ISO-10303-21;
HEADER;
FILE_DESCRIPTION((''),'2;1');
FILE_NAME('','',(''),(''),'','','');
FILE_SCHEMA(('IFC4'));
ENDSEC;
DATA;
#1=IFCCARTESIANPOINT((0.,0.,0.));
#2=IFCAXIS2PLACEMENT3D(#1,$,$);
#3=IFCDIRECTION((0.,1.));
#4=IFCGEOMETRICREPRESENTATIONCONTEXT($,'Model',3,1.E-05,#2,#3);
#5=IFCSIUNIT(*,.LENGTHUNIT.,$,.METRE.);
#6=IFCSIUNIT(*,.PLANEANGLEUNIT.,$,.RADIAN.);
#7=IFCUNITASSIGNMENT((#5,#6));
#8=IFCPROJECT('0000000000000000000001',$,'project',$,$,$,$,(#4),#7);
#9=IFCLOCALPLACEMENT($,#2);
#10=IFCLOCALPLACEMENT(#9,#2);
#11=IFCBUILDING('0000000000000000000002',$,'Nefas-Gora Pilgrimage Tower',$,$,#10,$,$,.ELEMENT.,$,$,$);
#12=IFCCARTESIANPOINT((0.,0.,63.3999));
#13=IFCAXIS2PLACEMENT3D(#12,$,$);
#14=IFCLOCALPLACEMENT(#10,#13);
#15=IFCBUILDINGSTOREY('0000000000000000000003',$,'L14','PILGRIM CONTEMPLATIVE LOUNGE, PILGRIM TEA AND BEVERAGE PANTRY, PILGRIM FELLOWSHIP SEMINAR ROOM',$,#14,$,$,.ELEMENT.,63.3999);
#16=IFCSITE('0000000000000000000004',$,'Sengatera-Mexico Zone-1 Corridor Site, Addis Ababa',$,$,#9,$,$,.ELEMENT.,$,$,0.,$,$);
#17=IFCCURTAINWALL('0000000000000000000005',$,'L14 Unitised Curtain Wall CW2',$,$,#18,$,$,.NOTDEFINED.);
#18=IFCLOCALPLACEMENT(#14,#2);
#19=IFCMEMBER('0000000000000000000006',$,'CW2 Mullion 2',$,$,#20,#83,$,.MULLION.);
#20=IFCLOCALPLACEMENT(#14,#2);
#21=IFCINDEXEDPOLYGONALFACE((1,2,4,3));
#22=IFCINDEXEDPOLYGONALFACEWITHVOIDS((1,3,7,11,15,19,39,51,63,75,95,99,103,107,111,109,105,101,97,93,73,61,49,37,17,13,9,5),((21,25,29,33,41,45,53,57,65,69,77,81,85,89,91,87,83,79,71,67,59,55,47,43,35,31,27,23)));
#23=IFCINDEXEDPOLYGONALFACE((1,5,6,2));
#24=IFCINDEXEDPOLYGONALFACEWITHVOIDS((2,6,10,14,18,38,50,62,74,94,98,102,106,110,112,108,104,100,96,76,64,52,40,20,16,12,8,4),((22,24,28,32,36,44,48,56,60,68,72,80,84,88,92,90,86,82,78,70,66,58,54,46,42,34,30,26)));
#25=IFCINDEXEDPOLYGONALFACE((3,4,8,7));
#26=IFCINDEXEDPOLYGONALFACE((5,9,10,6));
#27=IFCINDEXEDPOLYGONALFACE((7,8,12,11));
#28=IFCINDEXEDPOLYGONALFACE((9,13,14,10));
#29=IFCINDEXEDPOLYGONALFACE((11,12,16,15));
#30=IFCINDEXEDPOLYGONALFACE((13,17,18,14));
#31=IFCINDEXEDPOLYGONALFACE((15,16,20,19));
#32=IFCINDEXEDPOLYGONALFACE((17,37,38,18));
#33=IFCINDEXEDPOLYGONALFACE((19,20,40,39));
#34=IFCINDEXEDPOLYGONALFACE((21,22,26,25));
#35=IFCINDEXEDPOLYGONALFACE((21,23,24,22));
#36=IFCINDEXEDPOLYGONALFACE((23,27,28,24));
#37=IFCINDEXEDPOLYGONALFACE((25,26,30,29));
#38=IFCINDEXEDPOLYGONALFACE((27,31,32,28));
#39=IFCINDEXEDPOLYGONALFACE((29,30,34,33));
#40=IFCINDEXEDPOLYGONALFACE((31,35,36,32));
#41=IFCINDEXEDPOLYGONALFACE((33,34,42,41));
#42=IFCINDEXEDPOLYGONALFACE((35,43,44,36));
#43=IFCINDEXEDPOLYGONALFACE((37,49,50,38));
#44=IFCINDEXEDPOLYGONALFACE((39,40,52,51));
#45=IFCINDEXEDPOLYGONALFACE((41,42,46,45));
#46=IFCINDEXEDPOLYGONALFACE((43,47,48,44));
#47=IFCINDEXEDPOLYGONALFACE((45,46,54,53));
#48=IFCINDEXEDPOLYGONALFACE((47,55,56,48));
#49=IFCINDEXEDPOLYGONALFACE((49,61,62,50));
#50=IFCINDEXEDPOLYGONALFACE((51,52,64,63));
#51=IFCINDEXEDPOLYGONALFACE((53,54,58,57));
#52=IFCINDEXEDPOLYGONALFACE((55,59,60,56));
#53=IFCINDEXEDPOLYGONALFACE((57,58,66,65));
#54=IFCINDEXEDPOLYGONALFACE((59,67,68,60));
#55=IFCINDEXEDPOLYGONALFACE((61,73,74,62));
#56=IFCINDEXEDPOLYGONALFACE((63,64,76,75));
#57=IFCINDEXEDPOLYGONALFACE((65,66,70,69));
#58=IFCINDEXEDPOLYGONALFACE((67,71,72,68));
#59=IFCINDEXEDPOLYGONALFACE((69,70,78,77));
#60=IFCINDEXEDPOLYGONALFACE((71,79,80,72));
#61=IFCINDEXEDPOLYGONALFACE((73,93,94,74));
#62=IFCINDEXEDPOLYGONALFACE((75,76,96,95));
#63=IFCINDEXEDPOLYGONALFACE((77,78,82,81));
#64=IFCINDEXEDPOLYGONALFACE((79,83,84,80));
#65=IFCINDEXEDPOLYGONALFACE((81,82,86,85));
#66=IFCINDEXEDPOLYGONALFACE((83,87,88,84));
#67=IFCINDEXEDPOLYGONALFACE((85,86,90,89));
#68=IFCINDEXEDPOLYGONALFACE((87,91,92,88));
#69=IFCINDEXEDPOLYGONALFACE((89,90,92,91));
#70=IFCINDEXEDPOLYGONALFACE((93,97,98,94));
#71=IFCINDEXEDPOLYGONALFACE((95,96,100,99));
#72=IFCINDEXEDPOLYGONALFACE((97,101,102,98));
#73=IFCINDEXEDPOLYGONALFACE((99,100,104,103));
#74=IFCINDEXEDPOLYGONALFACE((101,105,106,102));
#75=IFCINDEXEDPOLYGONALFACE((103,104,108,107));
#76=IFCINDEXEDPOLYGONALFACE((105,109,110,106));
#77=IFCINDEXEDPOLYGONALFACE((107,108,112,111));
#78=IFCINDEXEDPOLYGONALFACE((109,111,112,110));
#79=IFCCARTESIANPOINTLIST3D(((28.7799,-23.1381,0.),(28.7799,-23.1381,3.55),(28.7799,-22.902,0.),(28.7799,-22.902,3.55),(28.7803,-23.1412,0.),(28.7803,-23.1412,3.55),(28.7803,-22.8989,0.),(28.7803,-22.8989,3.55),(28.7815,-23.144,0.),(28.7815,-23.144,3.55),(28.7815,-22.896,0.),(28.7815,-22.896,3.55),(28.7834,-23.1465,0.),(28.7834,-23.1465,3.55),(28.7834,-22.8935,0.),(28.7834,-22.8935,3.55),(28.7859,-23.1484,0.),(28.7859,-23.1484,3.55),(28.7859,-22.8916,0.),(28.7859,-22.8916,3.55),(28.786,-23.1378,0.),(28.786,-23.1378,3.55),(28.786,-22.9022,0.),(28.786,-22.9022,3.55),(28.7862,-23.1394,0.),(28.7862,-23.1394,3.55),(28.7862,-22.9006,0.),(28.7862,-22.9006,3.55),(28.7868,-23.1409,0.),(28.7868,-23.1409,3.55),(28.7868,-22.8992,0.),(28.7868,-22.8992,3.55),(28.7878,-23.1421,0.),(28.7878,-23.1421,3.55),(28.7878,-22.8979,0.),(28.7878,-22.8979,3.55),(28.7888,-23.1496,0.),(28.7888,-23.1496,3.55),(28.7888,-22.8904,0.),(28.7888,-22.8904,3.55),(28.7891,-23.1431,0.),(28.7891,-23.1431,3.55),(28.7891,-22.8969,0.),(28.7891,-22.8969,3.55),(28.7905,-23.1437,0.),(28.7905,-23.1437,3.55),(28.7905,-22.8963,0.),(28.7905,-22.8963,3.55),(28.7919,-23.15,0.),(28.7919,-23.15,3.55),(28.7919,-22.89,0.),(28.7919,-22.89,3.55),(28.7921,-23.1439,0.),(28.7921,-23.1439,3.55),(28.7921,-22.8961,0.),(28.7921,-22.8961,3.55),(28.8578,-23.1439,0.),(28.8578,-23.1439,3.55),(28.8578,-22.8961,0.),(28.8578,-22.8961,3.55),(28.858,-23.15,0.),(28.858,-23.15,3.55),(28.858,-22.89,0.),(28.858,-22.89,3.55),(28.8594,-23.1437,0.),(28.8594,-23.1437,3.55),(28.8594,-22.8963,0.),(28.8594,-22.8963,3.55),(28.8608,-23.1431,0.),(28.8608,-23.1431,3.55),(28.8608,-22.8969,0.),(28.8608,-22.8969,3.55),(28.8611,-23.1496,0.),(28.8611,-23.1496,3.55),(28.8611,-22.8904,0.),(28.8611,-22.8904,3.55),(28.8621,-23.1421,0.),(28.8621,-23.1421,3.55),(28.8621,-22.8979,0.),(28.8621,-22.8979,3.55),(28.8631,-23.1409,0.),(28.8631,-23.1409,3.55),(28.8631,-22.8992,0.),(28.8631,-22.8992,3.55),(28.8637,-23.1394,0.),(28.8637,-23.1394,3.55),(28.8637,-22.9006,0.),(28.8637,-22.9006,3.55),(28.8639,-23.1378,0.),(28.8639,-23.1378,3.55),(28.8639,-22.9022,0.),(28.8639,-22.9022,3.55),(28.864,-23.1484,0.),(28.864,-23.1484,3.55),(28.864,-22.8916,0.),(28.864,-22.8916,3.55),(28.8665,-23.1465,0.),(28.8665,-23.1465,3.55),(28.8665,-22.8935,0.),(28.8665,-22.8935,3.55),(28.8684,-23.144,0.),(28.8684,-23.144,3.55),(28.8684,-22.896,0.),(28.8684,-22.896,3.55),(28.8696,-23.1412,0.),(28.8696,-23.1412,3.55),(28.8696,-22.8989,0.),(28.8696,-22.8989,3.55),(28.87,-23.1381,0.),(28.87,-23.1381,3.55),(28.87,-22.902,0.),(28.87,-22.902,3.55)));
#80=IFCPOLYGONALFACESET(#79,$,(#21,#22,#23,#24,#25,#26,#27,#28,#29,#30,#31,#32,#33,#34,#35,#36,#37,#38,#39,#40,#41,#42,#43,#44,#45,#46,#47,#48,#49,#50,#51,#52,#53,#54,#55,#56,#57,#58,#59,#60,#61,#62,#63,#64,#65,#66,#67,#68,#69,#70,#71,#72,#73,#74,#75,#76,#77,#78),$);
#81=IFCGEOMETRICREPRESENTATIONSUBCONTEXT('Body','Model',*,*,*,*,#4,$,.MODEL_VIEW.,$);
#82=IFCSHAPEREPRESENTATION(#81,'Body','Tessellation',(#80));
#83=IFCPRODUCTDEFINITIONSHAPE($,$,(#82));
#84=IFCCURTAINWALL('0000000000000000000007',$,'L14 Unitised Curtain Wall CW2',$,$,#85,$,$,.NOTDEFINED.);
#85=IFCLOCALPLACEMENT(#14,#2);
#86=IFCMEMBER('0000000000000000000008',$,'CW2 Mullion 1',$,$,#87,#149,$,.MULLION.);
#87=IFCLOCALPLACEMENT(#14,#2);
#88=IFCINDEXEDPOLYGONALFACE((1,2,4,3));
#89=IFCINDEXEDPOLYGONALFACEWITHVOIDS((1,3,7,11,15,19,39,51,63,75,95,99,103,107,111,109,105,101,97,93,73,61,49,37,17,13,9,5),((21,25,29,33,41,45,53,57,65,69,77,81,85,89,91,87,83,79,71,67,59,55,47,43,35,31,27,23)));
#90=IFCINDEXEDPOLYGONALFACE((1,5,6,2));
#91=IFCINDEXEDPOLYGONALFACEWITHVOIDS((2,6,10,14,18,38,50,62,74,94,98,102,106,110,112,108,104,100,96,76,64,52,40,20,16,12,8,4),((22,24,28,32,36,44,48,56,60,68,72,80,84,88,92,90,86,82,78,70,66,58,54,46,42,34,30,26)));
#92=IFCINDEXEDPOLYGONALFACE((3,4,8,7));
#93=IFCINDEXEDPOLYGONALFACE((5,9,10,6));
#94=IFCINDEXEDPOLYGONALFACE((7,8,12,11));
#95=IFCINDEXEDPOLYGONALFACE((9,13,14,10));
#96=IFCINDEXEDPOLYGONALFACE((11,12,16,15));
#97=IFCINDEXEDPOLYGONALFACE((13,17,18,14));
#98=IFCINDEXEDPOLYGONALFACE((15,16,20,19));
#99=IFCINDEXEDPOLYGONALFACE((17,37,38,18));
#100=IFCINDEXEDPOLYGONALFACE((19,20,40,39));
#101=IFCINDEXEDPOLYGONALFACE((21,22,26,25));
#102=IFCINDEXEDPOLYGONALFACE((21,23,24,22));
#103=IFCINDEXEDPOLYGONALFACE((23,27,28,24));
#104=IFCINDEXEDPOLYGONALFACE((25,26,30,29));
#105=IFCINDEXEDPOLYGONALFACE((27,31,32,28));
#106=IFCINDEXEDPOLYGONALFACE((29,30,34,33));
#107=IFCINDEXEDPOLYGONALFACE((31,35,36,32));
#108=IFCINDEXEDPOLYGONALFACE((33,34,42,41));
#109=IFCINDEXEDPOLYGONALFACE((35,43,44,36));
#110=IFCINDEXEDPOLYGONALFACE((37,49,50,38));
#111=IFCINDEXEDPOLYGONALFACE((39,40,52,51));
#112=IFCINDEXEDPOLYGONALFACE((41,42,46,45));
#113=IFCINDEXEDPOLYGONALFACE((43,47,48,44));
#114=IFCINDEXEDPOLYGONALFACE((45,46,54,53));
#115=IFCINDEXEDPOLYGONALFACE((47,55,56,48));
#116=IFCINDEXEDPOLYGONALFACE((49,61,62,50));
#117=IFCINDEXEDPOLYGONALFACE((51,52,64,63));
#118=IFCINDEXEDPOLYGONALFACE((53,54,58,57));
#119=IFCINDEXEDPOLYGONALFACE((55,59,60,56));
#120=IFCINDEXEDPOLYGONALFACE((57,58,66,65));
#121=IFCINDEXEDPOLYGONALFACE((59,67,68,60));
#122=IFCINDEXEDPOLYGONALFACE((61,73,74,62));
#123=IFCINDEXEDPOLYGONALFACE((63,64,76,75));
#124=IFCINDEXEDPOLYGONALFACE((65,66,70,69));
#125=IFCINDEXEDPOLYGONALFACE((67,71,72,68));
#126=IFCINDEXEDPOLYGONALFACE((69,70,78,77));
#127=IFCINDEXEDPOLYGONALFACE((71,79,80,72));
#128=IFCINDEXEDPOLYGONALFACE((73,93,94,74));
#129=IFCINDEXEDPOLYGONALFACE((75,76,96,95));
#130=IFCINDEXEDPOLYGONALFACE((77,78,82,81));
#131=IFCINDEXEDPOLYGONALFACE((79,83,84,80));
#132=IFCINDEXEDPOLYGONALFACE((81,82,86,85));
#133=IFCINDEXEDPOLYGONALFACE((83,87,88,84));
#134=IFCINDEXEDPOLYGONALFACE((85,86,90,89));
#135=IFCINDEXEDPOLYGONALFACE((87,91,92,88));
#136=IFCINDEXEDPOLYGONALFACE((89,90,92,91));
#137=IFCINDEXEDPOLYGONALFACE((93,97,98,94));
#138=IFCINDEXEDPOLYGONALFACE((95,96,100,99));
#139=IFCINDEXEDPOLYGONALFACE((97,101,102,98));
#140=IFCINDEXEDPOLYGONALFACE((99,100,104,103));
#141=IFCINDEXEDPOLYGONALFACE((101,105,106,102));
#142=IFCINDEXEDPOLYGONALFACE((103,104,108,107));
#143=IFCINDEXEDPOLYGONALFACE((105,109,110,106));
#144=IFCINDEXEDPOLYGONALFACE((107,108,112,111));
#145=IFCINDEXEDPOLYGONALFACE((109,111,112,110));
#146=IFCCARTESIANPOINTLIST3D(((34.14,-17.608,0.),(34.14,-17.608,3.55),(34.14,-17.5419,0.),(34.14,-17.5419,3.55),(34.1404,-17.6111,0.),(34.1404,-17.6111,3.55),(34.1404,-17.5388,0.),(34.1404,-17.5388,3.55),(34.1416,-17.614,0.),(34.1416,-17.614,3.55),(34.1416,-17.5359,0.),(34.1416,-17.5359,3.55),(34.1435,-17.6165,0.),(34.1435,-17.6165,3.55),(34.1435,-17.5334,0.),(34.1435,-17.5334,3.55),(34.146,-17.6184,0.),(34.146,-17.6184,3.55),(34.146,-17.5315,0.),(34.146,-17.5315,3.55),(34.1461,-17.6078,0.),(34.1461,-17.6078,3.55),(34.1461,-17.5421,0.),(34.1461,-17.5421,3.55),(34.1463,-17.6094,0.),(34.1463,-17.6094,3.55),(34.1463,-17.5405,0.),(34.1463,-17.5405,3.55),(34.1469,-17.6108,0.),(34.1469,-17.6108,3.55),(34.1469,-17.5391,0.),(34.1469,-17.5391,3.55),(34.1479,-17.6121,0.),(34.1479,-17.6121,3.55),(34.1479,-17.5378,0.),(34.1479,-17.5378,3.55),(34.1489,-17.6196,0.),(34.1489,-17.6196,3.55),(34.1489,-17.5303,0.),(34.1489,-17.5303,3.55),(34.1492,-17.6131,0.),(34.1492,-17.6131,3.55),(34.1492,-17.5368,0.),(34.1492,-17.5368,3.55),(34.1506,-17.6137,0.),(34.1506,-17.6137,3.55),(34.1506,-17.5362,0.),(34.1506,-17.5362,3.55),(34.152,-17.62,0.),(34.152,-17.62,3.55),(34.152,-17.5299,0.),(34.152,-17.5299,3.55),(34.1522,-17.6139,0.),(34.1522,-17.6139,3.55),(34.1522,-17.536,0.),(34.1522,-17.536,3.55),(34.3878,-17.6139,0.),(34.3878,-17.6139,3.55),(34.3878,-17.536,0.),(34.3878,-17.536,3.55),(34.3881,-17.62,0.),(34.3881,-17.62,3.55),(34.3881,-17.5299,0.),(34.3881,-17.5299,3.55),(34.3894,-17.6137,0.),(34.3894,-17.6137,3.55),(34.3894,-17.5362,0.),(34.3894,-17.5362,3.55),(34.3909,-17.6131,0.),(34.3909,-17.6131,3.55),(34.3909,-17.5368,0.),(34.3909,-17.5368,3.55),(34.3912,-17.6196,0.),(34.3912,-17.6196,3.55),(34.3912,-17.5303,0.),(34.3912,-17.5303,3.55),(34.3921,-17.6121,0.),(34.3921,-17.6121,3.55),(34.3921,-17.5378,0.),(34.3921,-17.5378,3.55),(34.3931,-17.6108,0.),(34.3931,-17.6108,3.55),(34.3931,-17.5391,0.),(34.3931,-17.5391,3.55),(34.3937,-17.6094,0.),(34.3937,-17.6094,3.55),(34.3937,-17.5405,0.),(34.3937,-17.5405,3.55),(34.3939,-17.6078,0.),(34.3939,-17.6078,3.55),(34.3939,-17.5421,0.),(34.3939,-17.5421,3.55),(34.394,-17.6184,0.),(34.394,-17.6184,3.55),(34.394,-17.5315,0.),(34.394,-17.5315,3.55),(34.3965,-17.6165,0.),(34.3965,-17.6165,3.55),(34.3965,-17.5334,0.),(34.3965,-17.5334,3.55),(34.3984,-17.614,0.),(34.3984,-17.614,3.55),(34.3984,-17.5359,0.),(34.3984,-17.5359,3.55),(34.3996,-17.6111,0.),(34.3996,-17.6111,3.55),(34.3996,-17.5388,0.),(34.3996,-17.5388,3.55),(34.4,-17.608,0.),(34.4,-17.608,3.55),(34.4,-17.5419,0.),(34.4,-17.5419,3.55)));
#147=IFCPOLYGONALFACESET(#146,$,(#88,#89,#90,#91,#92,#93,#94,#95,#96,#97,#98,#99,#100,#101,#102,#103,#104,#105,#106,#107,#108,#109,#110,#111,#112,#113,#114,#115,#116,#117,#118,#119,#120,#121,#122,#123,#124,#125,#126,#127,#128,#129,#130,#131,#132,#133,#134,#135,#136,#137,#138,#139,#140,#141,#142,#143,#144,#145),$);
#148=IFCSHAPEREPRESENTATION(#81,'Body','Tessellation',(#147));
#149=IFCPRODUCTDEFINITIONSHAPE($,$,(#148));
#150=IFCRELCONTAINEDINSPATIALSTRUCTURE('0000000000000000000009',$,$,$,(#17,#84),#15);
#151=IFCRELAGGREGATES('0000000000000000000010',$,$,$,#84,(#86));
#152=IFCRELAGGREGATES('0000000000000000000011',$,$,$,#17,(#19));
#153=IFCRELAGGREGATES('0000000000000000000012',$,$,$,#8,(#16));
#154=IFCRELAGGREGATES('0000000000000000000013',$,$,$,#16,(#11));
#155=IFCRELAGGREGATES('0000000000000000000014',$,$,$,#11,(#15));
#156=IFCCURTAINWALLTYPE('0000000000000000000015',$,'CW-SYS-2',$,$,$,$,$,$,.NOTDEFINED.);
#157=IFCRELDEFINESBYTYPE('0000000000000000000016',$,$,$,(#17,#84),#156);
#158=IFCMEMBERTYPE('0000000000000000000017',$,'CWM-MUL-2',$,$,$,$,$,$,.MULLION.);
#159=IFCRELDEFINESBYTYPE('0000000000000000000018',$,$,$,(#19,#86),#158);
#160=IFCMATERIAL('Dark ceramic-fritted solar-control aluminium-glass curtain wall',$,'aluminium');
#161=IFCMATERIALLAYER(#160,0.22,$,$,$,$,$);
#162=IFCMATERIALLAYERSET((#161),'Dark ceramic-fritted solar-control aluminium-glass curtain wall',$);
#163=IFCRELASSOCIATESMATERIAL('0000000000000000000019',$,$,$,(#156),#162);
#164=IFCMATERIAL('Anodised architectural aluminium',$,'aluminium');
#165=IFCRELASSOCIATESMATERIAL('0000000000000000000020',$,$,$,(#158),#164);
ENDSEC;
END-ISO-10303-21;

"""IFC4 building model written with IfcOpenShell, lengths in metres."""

from ifc_helpers import new_model, si_unit, direction, frame, origin, origin_2d, place, context, subcontext, project, spatial, hollow_rectangle, extrude, source, transform, mapped, material, layer, layer_set, material_profile, profile_set, type_object, element, aggregate, save


model = new_model("IFC4")

# Units and contexts
model_context = context("Model", 3, precision=1e-05, world=origin(), true_north=direction((0.0, 1.0)))
body_context = subcontext(model_context, "Body", "Model", "MODEL_VIEW")
ifc_project = project(units=[si_unit("LENGTHUNIT", "METRE"), si_unit("PLANEANGLEUNIT", "RADIAN")], contexts=[model_context])

# Site, building, storey
site_placement = place(None, origin())
site = spatial("IfcSite", under=ifc_project, at=site_placement, Name="Sengatera-Mexico Zone-1 Corridor Site, Addis Ababa", CompositionType="ELEMENT", RefElevation=0.0)
building_placement = place(site_placement, origin())
building = spatial("IfcBuilding", under=site, at=building_placement, Name="Nefas-Gora Pilgrimage Tower", CompositionType="ELEMENT")
storey_placement = place(building_placement, frame((0.0, 0.0, 63.3999)))
storey = spatial("IfcBuildingStorey", under=building, at=storey_placement, Name="L14", Description="PILGRIM CONTEMPLATIVE LOUNGE, PILGRIM TEA AND BEVERAGE PANTRY, PILGRIM FELLOWSHIP SEMINAR ROOM", CompositionType="ELEMENT", Elevation=63.3999)

# Curtain wall, member
ifc_material_1 = material(Name="Dark ceramic-fritted solar-control aluminium-glass curtain wall", Category="aluminium")
ifc_layer_1 = layer(ifc_material_1, 0.22)
ifc_layer_set_1 = layer_set([ifc_layer_1], Name="Dark ceramic-fritted solar-control aluminium-glass curtain wall")
curtain_wall_type = type_object("IfcCurtainWallType", Name="CW-SYS-2", PredefinedType="NOTDEFINED", material=ifc_layer_set_1)
curtain_wall_1_placement = place(storey_placement, origin())
curtain_wall_1 = element("IfcCurtainWall", 1, at=curtain_wall_1_placement, inside=storey, type_object=curtain_wall_type, Name="L14 Unitised Curtain Wall CW2", PredefinedType="NOTDEFINED")
ifc_material_2 = material(Name="Anodised architectural aluminium", Category="aluminium")
ifc_material_profile_1 = material_profile(ifc_material_2, hollow_rectangle(XDim=0.0901, YDim=0.26, WallThickness=0.0061, InnerFilletRadius=0.0061, OuterFilletRadius=0.012, at=origin_2d()), Name="ALU MULLION 90x260")
ifc_profile_set_1 = profile_set([ifc_material_profile_1], Name="Anodised architectural aluminium")
member_type_1 = type_object("IfcMemberType", Name="CWM-MUL-2", PredefinedType="MULLION", material=ifc_profile_set_1)
shared_shape_1 = source(origin(), body_context, "Body", "SweptSolid", [
    extrude(hollow_rectangle(XDim=0.0901, YDim=0.26, WallThickness=0.0061, InnerFilletRadius=0.0061, OuterFilletRadius=0.012, at=origin_2d()), origin(), (0.0, 0.0, 1.0), 3.55),
])
member_1_placement = place(storey_placement, frame((28.825, -23.02, 0.0), z_axis=(0.0, 0.0, 1.0), x_axis=(1.0, 0.0, 0.0)))
member_1 = element("IfcMember", 2, at=member_1_placement, type_object=member_type_1, Name="CW2 Mullion 2", PredefinedType="MULLION", context=body_context, shape_type="MappedRepresentation", body=[
    mapped(shared_shape_1, transform((0.0, 0.0, 0.0), x_axis=(1.0, 0.0, 0.0), y_axis=(0.0, 1.0, 0.0), z_axis=(0.0, 0.0, 1.0), scale=1.0)),
])

# Curtain wall, member
curtain_wall_2_placement = place(storey_placement, origin())
curtain_wall_2 = element("IfcCurtainWall", 3, at=curtain_wall_2_placement, inside=storey, type_object=curtain_wall_type, Name="L14 Unitised Curtain Wall CW2", PredefinedType="NOTDEFINED")
member_2_placement = place(storey_placement, frame((34.27, -17.575, 0.0), z_axis=(0.0, 0.0, 1.0), x_axis=(0.0, 1.0, 0.0)))
member_2 = element("IfcMember", 4, at=member_2_placement, type_object=member_type_1, Name="CW2 Mullion 1", PredefinedType="MULLION", context=body_context, shape_type="MappedRepresentation", body=[
    mapped(shared_shape_1, transform((0.0, 0.0, 0.0), x_axis=(1.0, 0.0, 0.0), y_axis=(0.0, 1.0, 0.0), z_axis=(0.0, 0.0, 1.0), scale=1.0)),
])
aggregate(curtain_wall_2, [member_2])

aggregate(curtain_wall_1, [member_1])

save(model, "model.ifc")
